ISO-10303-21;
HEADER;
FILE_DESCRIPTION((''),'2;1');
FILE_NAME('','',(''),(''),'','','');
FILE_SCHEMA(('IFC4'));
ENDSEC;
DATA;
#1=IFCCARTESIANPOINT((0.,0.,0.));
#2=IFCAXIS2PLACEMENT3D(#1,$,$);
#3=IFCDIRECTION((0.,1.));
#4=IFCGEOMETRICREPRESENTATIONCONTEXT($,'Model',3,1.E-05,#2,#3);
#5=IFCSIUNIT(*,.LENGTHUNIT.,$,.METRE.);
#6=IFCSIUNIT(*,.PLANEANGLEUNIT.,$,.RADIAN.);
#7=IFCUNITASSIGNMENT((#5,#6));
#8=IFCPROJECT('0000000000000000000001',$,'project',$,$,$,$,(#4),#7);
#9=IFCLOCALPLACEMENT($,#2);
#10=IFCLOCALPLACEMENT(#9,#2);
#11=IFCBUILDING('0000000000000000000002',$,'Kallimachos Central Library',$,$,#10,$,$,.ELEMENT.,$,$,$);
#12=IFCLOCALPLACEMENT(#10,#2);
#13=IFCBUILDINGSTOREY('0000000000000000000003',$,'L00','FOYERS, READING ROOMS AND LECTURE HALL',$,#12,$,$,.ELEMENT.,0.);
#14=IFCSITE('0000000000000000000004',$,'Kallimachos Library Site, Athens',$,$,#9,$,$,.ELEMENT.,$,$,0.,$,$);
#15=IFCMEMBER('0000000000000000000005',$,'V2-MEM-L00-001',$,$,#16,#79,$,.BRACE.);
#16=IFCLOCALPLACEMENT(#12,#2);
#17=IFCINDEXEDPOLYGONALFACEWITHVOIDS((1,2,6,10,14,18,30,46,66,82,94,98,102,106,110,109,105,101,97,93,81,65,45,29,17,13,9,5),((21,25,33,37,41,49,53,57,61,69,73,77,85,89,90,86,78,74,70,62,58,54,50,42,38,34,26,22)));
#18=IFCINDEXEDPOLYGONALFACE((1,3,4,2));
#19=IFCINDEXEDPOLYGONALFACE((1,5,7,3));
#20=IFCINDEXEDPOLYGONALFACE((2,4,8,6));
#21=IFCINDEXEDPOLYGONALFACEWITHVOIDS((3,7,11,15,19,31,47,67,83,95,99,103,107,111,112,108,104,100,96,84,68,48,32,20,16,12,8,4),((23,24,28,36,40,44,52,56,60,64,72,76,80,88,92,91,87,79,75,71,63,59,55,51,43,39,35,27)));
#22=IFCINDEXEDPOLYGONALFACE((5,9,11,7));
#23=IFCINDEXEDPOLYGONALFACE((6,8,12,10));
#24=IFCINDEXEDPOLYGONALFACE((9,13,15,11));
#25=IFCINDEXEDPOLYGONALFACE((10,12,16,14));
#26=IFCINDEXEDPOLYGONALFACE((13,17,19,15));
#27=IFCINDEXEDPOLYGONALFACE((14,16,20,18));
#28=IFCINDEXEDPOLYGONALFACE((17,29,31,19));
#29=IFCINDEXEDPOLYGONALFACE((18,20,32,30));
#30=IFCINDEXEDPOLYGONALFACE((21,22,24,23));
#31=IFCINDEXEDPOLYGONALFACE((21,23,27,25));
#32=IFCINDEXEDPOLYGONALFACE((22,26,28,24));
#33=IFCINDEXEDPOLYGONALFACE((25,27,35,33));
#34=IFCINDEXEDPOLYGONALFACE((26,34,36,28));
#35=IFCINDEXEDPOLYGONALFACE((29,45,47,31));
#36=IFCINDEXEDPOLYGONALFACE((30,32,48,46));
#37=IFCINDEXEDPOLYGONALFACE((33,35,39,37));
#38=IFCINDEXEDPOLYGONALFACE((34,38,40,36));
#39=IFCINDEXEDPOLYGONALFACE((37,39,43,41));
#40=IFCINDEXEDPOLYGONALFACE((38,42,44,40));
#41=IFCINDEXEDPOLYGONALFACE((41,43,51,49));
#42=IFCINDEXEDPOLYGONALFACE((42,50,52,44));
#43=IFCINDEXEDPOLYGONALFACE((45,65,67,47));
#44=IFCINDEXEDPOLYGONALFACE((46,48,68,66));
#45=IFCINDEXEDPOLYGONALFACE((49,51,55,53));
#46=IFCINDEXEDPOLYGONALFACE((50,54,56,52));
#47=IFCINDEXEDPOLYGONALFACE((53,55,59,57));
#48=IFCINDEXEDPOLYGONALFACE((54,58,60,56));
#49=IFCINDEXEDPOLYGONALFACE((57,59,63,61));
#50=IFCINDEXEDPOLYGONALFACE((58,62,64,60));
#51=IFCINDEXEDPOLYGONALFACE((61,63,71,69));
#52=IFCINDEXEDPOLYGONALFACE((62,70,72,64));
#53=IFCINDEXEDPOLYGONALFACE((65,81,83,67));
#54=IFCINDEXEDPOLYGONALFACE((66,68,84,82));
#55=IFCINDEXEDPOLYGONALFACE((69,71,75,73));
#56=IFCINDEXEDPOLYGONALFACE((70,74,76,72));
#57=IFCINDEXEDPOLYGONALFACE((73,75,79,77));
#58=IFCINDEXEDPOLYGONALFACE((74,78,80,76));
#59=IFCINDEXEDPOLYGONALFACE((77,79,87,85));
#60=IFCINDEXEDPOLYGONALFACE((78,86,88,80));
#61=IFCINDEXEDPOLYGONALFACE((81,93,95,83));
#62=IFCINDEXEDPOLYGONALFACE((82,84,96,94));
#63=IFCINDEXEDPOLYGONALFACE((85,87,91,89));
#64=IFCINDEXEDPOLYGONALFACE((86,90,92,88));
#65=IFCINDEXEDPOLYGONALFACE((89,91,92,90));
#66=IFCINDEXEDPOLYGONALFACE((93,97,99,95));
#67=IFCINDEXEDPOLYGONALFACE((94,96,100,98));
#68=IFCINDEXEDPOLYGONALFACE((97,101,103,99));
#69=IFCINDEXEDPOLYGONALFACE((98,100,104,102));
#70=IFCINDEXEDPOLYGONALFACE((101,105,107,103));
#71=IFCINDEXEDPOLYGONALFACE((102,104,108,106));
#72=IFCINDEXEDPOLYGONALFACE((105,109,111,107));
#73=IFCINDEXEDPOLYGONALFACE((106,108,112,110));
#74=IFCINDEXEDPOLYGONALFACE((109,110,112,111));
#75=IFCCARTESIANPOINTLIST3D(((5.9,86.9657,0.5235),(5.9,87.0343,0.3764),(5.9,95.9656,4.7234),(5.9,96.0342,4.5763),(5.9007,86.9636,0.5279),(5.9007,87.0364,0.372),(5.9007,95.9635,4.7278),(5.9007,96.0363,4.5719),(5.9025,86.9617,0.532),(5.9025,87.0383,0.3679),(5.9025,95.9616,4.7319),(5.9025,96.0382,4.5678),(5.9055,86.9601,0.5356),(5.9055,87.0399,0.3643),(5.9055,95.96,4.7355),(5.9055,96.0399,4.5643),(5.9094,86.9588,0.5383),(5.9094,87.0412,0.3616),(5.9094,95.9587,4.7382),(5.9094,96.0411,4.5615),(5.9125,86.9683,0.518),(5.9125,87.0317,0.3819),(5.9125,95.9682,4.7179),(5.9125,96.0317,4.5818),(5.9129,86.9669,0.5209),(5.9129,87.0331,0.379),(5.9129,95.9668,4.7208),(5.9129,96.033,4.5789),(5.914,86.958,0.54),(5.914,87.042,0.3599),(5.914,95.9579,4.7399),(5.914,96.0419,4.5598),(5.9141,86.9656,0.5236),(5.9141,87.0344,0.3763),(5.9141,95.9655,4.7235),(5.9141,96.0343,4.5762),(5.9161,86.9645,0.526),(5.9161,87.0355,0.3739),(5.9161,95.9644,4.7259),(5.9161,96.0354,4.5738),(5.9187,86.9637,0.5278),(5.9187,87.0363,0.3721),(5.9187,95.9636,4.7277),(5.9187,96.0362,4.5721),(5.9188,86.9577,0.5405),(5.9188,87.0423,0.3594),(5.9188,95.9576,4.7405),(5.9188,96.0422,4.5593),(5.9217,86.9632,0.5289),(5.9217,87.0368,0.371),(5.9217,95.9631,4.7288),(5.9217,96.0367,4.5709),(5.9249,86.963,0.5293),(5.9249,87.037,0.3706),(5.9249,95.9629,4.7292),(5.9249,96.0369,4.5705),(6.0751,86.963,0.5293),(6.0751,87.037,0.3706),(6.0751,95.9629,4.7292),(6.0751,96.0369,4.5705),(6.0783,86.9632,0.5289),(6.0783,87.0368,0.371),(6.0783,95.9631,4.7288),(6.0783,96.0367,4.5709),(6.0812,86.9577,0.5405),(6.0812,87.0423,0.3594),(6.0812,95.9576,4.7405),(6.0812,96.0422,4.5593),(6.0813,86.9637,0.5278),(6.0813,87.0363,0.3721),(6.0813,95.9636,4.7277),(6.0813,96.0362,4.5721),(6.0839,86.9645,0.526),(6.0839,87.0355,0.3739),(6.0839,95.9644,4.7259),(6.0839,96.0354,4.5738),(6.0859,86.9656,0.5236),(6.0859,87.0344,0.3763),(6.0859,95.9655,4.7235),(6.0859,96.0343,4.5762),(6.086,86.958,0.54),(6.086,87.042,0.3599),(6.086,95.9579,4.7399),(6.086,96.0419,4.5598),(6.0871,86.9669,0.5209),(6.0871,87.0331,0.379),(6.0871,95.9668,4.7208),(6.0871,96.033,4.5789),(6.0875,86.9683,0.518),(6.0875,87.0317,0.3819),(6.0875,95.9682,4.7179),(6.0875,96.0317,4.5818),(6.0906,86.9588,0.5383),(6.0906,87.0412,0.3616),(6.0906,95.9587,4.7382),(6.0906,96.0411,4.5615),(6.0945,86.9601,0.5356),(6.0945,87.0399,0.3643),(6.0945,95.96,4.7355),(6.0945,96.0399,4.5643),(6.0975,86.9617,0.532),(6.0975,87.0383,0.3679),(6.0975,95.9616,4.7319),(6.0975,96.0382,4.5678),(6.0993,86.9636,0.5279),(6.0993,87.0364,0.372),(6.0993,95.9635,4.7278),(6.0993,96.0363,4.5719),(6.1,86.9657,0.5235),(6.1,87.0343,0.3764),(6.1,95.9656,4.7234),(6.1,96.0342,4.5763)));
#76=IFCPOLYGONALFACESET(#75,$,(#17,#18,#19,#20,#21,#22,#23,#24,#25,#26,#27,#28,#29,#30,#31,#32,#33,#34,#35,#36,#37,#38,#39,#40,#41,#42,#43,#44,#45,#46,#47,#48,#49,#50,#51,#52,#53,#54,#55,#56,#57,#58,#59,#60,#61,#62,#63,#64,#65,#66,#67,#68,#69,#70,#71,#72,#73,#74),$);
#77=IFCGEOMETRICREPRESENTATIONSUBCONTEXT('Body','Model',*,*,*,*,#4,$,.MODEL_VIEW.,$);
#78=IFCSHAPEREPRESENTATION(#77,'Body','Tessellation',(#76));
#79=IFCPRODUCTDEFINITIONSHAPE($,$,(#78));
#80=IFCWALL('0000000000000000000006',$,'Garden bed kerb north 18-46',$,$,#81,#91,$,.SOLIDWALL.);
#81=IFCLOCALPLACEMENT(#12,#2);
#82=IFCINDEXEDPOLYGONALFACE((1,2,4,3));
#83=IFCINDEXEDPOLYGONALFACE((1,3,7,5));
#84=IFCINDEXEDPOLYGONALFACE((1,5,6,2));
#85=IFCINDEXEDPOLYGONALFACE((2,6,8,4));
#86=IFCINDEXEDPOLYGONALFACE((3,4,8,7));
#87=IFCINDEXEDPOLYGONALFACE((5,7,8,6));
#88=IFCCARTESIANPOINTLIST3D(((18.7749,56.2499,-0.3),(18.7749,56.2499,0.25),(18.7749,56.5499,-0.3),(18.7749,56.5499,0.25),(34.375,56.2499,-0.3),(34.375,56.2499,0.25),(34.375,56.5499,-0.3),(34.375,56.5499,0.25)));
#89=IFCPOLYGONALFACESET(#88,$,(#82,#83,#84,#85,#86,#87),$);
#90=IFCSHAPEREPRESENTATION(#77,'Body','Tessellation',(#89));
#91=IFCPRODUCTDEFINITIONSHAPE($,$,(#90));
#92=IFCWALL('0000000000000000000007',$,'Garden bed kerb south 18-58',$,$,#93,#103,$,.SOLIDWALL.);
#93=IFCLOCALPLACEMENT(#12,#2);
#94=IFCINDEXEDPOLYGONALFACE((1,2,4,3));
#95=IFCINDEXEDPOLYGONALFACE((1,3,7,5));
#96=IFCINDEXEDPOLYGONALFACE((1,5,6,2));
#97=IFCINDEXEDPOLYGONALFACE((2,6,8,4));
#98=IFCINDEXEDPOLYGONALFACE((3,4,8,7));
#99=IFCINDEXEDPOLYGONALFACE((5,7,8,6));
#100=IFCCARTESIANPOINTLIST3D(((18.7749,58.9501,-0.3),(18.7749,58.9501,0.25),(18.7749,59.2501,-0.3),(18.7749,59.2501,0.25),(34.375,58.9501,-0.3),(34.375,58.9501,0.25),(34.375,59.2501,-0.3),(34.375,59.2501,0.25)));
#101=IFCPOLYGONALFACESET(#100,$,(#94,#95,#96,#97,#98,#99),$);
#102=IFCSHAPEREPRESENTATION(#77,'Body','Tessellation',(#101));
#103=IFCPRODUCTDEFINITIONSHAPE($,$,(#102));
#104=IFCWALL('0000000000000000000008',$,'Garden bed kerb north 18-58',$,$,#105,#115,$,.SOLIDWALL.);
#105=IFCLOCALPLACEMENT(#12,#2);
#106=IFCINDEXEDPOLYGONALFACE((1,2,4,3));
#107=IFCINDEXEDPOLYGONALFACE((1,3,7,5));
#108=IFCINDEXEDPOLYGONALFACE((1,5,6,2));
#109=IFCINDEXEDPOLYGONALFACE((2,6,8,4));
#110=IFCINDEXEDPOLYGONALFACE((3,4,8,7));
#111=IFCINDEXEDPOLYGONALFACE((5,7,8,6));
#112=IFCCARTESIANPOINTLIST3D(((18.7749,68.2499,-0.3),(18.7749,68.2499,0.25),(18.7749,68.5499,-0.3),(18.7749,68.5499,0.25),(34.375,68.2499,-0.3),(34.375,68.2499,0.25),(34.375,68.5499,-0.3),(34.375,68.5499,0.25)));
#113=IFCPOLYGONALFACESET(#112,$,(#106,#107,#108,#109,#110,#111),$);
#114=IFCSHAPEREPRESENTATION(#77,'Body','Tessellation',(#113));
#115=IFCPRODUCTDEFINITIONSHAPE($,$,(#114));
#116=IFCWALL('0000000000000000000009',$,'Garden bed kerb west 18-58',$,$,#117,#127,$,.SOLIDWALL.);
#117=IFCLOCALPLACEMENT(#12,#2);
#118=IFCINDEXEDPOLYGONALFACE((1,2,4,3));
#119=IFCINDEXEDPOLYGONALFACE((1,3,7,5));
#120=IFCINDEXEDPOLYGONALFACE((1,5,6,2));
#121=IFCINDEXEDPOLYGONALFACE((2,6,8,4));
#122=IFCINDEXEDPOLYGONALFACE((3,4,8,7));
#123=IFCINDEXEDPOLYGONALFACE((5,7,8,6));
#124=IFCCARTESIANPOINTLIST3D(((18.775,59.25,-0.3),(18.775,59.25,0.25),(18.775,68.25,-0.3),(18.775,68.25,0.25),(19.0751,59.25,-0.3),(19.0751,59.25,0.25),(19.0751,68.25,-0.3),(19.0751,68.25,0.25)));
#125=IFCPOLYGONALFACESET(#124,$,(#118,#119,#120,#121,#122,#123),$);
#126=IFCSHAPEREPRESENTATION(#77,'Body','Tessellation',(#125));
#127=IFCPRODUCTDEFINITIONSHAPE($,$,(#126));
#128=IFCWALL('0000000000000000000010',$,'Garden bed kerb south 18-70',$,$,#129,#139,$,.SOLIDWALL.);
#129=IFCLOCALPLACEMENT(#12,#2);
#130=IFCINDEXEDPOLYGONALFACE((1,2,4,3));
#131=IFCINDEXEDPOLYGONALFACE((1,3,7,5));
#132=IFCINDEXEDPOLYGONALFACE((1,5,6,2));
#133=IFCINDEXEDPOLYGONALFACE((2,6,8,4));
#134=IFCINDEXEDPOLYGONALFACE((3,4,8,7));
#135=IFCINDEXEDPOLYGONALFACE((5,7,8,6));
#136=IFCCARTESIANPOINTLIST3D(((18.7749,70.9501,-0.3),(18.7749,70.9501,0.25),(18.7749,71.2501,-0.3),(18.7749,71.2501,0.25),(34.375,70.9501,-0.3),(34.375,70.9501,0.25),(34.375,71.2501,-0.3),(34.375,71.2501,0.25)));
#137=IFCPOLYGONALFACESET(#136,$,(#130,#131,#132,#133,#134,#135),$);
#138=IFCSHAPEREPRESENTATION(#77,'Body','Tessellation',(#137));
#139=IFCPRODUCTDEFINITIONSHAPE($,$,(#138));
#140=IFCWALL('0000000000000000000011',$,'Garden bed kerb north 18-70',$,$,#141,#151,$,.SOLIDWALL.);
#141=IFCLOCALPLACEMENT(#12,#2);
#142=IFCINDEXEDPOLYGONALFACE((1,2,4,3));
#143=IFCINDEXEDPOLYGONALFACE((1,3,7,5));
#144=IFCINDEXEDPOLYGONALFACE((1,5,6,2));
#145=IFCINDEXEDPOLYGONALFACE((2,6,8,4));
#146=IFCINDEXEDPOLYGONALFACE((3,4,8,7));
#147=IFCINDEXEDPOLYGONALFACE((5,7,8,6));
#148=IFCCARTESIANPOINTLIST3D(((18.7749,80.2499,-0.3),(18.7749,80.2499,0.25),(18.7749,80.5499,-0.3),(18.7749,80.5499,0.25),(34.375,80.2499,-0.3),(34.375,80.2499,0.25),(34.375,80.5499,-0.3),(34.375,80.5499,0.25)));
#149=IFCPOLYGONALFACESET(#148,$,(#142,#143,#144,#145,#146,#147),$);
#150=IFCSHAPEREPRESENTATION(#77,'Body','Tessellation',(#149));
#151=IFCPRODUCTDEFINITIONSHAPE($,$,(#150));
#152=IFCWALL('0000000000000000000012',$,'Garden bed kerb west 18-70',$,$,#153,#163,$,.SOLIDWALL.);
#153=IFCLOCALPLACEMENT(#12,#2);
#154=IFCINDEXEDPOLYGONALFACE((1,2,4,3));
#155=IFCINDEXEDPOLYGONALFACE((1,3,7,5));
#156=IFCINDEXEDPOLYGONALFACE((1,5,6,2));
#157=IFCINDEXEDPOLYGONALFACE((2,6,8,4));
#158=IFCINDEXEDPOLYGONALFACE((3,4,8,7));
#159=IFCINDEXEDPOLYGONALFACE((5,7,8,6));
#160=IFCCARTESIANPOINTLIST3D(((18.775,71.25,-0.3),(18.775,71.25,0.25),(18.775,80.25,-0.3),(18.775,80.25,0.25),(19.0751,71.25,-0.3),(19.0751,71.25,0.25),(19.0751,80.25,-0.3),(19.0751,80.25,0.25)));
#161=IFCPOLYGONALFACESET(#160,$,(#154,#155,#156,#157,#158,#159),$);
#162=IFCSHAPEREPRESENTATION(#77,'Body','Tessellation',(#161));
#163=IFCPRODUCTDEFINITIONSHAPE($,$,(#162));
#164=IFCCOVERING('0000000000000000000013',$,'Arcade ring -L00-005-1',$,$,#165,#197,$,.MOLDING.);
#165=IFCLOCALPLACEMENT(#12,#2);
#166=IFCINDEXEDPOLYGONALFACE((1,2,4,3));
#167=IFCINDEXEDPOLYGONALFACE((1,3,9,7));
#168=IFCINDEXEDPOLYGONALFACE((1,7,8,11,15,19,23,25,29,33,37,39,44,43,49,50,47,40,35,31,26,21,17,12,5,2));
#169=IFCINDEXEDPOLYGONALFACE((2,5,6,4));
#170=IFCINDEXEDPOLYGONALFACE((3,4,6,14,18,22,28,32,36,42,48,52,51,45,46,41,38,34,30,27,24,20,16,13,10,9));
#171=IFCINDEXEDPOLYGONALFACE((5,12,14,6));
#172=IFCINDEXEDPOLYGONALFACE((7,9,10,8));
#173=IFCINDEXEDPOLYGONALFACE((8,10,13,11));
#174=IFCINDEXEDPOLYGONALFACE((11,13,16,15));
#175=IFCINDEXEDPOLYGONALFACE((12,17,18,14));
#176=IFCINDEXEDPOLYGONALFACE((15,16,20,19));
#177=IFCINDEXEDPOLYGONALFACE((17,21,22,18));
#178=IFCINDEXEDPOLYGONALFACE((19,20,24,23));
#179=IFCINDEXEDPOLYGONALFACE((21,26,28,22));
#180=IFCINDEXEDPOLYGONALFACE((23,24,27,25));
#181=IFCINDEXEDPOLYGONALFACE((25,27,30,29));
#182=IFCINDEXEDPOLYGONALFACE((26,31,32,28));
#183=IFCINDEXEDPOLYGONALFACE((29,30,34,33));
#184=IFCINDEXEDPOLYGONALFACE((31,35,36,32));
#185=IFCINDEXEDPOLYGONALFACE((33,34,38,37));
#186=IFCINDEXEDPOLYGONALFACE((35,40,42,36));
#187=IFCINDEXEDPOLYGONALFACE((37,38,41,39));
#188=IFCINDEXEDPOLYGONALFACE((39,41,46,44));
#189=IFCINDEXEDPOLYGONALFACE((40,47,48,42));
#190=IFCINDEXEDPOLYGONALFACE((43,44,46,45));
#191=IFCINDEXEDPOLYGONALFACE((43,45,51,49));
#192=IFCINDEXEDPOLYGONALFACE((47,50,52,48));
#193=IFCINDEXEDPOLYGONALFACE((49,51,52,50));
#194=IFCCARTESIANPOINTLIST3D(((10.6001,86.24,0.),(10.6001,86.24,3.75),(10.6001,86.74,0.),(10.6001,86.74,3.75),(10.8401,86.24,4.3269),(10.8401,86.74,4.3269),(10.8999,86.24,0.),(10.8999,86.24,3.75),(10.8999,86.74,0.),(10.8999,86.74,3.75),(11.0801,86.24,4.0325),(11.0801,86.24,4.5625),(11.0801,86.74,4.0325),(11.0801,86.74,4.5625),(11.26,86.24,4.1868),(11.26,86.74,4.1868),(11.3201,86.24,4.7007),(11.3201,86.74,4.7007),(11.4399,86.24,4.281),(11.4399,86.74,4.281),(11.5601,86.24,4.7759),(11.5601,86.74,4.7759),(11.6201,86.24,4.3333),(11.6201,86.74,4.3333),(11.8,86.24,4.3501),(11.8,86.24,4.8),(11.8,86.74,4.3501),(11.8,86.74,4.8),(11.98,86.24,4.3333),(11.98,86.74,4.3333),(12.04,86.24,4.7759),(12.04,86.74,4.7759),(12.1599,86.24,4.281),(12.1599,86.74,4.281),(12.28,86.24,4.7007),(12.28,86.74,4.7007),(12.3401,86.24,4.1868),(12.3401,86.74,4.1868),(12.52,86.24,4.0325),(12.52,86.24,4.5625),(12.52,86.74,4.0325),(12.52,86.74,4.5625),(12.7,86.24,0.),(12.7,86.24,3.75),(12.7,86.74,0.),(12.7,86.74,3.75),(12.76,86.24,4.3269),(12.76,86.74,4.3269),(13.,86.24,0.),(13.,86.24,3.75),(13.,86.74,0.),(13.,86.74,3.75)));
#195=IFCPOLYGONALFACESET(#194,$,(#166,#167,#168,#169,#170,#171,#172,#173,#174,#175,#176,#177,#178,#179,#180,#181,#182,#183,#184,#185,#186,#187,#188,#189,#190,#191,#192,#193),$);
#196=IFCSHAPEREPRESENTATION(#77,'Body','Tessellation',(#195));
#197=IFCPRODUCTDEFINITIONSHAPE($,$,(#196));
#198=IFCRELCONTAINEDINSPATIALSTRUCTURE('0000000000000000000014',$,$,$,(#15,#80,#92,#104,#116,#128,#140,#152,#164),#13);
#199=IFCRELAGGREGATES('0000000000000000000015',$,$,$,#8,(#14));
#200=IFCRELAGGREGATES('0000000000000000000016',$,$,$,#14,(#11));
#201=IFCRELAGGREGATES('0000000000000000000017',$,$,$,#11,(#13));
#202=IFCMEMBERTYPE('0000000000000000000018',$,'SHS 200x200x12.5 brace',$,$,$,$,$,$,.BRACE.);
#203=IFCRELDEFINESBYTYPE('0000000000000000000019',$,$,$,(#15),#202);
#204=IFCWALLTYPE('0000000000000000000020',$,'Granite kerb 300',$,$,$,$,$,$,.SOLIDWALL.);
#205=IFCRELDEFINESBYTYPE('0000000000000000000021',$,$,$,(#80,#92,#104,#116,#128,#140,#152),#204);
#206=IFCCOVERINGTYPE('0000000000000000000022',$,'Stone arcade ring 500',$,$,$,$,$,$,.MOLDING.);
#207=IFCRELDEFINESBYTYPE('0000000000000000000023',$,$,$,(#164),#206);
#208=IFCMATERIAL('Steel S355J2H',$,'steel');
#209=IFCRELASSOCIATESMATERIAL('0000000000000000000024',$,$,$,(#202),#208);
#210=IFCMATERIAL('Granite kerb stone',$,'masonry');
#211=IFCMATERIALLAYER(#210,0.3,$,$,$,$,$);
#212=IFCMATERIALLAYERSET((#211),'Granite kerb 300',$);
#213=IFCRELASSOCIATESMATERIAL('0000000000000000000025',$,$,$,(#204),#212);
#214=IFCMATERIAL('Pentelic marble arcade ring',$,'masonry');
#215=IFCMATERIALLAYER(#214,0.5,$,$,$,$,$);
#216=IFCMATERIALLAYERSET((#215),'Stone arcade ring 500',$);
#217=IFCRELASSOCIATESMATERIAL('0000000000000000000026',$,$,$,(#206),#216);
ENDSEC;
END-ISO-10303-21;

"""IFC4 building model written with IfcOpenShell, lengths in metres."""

from ifc_helpers import new_model, si_unit, direction, frame, frame_2d, origin, origin_2d, place, context, subcontext, project, spatial, polyline, rectangle, hollow_rectangle, outline, extrude, material, layer, layer_set, material_profile, profile_set, type_object, element, save


model = new_model("IFC4")

# Units and contexts
model_context = context("Model", 3, precision=1e-05, world=origin(), true_north=direction((0.0, 1.0)))
body_context = subcontext(model_context, "Body", "Model", "MODEL_VIEW")
ifc_project = project(units=[si_unit("LENGTHUNIT", "METRE"), si_unit("PLANEANGLEUNIT", "RADIAN")], contexts=[model_context])

# Site, building, storey
site_placement = place(None, origin())
site = spatial("IfcSite", under=ifc_project, at=site_placement, Name="Kallimachos Library Site, Athens", CompositionType="ELEMENT", RefElevation=0.0)
building_placement = place(site_placement, origin())
building = spatial("IfcBuilding", under=site, at=building_placement, Name="Kallimachos Central Library", CompositionType="ELEMENT")
storey_placement = place(building_placement, origin())
storey = spatial("IfcBuildingStorey", under=building, at=storey_placement, Name="L00", Description="FOYERS, READING ROOMS AND LECTURE HALL", CompositionType="ELEMENT", Elevation=0.0)

# Member
ifc_material_1 = material(Name="Steel S355J2H", Category="steel")
ifc_material_profile_1 = material_profile(ifc_material_1, hollow_rectangle(XDim=0.2, YDim=0.2, WallThickness=0.0125, InnerFilletRadius=0.0125, OuterFilletRadius=0.0188, at=origin_2d()), Name="SHS 200x200x12.5")
ifc_profile_set_1 = profile_set([ifc_material_profile_1], Name="Steel S355J2H")
member_type = type_object("IfcMemberType", Name="SHS 200x200x12.5 brace", PredefinedType="BRACE", material=ifc_profile_set_1)
member_placement = place(storey_placement, frame((6.0, 87.0, 0.45), z_axis=(0.0, 0.906185, 0.422881), x_axis=(-1.0, 0.0, 0.0)))
element("IfcMember", 1, at=member_placement, inside=storey, type_object=member_type, Name="V2-MEM-L00-001", PredefinedType="BRACE", context=body_context, shape_type="SweptSolid", body=[
    extrude(hollow_rectangle(XDim=0.2, YDim=0.2, WallThickness=0.0125, InnerFilletRadius=0.0125, OuterFilletRadius=0.0188, at=origin_2d()), origin(), (0.0, 0.0, 1.0), 9.9316),
])

# Walls
ifc_material_2 = material(Name="Granite kerb stone", Category="masonry")
ifc_layer_1 = layer(ifc_material_2, 0.3)
ifc_layer_set_1 = layer_set([ifc_layer_1], Name="Granite kerb 300")
wall_type = type_object("IfcWallType", Name="Granite kerb 300", PredefinedType="SOLIDWALL", material=ifc_layer_set_1)
for number, where, z_axis, x_axis, name in (
    (2, (18.7749, 56.3999, -0.3), (0.0, 0.0, 1.0), (1.0, 0.0, 0.0), "Garden bed kerb north 18-46"),
    (3, (18.7749, 59.1001, -0.3), (0.0, 0.0, 1.0), (1.0, 0.0, 0.0), "Garden bed kerb south 18-58"),
    (4, (18.7749, 68.3999, -0.3), (0.0, 0.0, 1.0), (1.0, 0.0, 0.0), "Garden bed kerb north 18-58"),
):
    element("IfcWall", number, at=place(storey_placement, frame(where, z_axis=z_axis, x_axis=x_axis)), inside=storey, type_object=wall_type, Name=name, PredefinedType="SOLIDWALL", context=body_context, shape_type="SweptSolid", body=[
        extrude(rectangle(XDim=15.6001, YDim=0.3, at=frame_2d((7.8, 0.0))), origin(), (0.0, 0.0, 1.0), 0.55),
    ])
wall_1_placement = place(storey_placement, frame((18.925, 59.25, -0.3), z_axis=(0.0, 0.0, 1.0), x_axis=(0.0, 1.0, 0.0)))
element("IfcWall", 5, at=wall_1_placement, inside=storey, type_object=wall_type, Name="Garden bed kerb west 18-58", PredefinedType="SOLIDWALL", context=body_context, shape_type="SweptSolid", body=[
    extrude(rectangle(XDim=9.0, YDim=0.3, at=frame_2d((4.5, 0.0))), origin(), (0.0, 0.0, 1.0), 0.55),
])
for number, where, z_axis, x_axis, name in (
    (6, (18.7749, 71.1001, -0.3), (0.0, 0.0, 1.0), (1.0, 0.0, 0.0), "Garden bed kerb south 18-70"),
    (7, (18.7749, 80.3999, -0.3), (0.0, 0.0, 1.0), (1.0, 0.0, 0.0), "Garden bed kerb north 18-70"),
):
    element("IfcWall", number, at=place(storey_placement, frame(where, z_axis=z_axis, x_axis=x_axis)), inside=storey, type_object=wall_type, Name=name, PredefinedType="SOLIDWALL", context=body_context, shape_type="SweptSolid", body=[
        extrude(rectangle(XDim=15.6001, YDim=0.3, at=frame_2d((7.8, 0.0))), origin(), (0.0, 0.0, 1.0), 0.55),
    ])
wall_2_placement = place(storey_placement, frame((18.925, 71.25, -0.3), z_axis=(0.0, 0.0, 1.0), x_axis=(0.0, 1.0, 0.0)))
element("IfcWall", 8, at=wall_2_placement, inside=storey, type_object=wall_type, Name="Garden bed kerb west 18-70", PredefinedType="SOLIDWALL", context=body_context, shape_type="SweptSolid", body=[
    extrude(rectangle(XDim=9.0, YDim=0.3, at=frame_2d((4.5, 0.0))), origin(), (0.0, 0.0, 1.0), 0.55),
])

# Covering
ifc_material_3 = material(Name="Pentelic marble arcade ring", Category="masonry")
ifc_layer_2 = layer(ifc_material_3, 0.5)
ifc_layer_set_2 = layer_set([ifc_layer_2], Name="Stone arcade ring 500")
covering_type_1 = type_object("IfcCoveringType", Name="Stone arcade ring 500", PredefinedType="MOLDING", material=ifc_layer_set_2)
covering_1_placement = place(storey_placement, frame((10.8999, 86.24, 0.0), z_axis=(0.0, -1.0, 0.0), x_axis=(0.0, 0.0, 1.0)))
element("IfcCovering", 9, at=covering_1_placement, inside=storey, type_object=covering_type_1, Name="Arcade ring -L00-005-1", PredefinedType="MOLDING", context=body_context, shape_type="SweptSolid", body=[
    extrude(outline(polyline([(0.0, 0.0), (3.75, 0.0), (4.0325, -0.1802), (4.1868, -0.3601), (4.281, -0.54), (4.3333, -0.7202), (4.3501, -0.9001), (4.3333, -1.0801), (4.281, -1.26), (4.1868, -1.4402), (4.0325, -1.6201), (3.75, -1.8), (0.0, -1.8), (0.0, -2.1001), (3.75, -2.1001), (4.3269, -1.8601), (4.5625, -1.6201), (4.7007, -1.3801), (4.7759, -1.1401), (4.8, -0.9001), (4.7759, -0.6602), (4.7007, -0.4202), (4.5625, -0.1802), (4.3269, 0.0598), (3.75, 0.2998), (0.0, 0.2998), (0.0, 0.0)])), origin(), (0.0, 0.0, -1.0), 0.5),
])

save(model, "model.ifc")
